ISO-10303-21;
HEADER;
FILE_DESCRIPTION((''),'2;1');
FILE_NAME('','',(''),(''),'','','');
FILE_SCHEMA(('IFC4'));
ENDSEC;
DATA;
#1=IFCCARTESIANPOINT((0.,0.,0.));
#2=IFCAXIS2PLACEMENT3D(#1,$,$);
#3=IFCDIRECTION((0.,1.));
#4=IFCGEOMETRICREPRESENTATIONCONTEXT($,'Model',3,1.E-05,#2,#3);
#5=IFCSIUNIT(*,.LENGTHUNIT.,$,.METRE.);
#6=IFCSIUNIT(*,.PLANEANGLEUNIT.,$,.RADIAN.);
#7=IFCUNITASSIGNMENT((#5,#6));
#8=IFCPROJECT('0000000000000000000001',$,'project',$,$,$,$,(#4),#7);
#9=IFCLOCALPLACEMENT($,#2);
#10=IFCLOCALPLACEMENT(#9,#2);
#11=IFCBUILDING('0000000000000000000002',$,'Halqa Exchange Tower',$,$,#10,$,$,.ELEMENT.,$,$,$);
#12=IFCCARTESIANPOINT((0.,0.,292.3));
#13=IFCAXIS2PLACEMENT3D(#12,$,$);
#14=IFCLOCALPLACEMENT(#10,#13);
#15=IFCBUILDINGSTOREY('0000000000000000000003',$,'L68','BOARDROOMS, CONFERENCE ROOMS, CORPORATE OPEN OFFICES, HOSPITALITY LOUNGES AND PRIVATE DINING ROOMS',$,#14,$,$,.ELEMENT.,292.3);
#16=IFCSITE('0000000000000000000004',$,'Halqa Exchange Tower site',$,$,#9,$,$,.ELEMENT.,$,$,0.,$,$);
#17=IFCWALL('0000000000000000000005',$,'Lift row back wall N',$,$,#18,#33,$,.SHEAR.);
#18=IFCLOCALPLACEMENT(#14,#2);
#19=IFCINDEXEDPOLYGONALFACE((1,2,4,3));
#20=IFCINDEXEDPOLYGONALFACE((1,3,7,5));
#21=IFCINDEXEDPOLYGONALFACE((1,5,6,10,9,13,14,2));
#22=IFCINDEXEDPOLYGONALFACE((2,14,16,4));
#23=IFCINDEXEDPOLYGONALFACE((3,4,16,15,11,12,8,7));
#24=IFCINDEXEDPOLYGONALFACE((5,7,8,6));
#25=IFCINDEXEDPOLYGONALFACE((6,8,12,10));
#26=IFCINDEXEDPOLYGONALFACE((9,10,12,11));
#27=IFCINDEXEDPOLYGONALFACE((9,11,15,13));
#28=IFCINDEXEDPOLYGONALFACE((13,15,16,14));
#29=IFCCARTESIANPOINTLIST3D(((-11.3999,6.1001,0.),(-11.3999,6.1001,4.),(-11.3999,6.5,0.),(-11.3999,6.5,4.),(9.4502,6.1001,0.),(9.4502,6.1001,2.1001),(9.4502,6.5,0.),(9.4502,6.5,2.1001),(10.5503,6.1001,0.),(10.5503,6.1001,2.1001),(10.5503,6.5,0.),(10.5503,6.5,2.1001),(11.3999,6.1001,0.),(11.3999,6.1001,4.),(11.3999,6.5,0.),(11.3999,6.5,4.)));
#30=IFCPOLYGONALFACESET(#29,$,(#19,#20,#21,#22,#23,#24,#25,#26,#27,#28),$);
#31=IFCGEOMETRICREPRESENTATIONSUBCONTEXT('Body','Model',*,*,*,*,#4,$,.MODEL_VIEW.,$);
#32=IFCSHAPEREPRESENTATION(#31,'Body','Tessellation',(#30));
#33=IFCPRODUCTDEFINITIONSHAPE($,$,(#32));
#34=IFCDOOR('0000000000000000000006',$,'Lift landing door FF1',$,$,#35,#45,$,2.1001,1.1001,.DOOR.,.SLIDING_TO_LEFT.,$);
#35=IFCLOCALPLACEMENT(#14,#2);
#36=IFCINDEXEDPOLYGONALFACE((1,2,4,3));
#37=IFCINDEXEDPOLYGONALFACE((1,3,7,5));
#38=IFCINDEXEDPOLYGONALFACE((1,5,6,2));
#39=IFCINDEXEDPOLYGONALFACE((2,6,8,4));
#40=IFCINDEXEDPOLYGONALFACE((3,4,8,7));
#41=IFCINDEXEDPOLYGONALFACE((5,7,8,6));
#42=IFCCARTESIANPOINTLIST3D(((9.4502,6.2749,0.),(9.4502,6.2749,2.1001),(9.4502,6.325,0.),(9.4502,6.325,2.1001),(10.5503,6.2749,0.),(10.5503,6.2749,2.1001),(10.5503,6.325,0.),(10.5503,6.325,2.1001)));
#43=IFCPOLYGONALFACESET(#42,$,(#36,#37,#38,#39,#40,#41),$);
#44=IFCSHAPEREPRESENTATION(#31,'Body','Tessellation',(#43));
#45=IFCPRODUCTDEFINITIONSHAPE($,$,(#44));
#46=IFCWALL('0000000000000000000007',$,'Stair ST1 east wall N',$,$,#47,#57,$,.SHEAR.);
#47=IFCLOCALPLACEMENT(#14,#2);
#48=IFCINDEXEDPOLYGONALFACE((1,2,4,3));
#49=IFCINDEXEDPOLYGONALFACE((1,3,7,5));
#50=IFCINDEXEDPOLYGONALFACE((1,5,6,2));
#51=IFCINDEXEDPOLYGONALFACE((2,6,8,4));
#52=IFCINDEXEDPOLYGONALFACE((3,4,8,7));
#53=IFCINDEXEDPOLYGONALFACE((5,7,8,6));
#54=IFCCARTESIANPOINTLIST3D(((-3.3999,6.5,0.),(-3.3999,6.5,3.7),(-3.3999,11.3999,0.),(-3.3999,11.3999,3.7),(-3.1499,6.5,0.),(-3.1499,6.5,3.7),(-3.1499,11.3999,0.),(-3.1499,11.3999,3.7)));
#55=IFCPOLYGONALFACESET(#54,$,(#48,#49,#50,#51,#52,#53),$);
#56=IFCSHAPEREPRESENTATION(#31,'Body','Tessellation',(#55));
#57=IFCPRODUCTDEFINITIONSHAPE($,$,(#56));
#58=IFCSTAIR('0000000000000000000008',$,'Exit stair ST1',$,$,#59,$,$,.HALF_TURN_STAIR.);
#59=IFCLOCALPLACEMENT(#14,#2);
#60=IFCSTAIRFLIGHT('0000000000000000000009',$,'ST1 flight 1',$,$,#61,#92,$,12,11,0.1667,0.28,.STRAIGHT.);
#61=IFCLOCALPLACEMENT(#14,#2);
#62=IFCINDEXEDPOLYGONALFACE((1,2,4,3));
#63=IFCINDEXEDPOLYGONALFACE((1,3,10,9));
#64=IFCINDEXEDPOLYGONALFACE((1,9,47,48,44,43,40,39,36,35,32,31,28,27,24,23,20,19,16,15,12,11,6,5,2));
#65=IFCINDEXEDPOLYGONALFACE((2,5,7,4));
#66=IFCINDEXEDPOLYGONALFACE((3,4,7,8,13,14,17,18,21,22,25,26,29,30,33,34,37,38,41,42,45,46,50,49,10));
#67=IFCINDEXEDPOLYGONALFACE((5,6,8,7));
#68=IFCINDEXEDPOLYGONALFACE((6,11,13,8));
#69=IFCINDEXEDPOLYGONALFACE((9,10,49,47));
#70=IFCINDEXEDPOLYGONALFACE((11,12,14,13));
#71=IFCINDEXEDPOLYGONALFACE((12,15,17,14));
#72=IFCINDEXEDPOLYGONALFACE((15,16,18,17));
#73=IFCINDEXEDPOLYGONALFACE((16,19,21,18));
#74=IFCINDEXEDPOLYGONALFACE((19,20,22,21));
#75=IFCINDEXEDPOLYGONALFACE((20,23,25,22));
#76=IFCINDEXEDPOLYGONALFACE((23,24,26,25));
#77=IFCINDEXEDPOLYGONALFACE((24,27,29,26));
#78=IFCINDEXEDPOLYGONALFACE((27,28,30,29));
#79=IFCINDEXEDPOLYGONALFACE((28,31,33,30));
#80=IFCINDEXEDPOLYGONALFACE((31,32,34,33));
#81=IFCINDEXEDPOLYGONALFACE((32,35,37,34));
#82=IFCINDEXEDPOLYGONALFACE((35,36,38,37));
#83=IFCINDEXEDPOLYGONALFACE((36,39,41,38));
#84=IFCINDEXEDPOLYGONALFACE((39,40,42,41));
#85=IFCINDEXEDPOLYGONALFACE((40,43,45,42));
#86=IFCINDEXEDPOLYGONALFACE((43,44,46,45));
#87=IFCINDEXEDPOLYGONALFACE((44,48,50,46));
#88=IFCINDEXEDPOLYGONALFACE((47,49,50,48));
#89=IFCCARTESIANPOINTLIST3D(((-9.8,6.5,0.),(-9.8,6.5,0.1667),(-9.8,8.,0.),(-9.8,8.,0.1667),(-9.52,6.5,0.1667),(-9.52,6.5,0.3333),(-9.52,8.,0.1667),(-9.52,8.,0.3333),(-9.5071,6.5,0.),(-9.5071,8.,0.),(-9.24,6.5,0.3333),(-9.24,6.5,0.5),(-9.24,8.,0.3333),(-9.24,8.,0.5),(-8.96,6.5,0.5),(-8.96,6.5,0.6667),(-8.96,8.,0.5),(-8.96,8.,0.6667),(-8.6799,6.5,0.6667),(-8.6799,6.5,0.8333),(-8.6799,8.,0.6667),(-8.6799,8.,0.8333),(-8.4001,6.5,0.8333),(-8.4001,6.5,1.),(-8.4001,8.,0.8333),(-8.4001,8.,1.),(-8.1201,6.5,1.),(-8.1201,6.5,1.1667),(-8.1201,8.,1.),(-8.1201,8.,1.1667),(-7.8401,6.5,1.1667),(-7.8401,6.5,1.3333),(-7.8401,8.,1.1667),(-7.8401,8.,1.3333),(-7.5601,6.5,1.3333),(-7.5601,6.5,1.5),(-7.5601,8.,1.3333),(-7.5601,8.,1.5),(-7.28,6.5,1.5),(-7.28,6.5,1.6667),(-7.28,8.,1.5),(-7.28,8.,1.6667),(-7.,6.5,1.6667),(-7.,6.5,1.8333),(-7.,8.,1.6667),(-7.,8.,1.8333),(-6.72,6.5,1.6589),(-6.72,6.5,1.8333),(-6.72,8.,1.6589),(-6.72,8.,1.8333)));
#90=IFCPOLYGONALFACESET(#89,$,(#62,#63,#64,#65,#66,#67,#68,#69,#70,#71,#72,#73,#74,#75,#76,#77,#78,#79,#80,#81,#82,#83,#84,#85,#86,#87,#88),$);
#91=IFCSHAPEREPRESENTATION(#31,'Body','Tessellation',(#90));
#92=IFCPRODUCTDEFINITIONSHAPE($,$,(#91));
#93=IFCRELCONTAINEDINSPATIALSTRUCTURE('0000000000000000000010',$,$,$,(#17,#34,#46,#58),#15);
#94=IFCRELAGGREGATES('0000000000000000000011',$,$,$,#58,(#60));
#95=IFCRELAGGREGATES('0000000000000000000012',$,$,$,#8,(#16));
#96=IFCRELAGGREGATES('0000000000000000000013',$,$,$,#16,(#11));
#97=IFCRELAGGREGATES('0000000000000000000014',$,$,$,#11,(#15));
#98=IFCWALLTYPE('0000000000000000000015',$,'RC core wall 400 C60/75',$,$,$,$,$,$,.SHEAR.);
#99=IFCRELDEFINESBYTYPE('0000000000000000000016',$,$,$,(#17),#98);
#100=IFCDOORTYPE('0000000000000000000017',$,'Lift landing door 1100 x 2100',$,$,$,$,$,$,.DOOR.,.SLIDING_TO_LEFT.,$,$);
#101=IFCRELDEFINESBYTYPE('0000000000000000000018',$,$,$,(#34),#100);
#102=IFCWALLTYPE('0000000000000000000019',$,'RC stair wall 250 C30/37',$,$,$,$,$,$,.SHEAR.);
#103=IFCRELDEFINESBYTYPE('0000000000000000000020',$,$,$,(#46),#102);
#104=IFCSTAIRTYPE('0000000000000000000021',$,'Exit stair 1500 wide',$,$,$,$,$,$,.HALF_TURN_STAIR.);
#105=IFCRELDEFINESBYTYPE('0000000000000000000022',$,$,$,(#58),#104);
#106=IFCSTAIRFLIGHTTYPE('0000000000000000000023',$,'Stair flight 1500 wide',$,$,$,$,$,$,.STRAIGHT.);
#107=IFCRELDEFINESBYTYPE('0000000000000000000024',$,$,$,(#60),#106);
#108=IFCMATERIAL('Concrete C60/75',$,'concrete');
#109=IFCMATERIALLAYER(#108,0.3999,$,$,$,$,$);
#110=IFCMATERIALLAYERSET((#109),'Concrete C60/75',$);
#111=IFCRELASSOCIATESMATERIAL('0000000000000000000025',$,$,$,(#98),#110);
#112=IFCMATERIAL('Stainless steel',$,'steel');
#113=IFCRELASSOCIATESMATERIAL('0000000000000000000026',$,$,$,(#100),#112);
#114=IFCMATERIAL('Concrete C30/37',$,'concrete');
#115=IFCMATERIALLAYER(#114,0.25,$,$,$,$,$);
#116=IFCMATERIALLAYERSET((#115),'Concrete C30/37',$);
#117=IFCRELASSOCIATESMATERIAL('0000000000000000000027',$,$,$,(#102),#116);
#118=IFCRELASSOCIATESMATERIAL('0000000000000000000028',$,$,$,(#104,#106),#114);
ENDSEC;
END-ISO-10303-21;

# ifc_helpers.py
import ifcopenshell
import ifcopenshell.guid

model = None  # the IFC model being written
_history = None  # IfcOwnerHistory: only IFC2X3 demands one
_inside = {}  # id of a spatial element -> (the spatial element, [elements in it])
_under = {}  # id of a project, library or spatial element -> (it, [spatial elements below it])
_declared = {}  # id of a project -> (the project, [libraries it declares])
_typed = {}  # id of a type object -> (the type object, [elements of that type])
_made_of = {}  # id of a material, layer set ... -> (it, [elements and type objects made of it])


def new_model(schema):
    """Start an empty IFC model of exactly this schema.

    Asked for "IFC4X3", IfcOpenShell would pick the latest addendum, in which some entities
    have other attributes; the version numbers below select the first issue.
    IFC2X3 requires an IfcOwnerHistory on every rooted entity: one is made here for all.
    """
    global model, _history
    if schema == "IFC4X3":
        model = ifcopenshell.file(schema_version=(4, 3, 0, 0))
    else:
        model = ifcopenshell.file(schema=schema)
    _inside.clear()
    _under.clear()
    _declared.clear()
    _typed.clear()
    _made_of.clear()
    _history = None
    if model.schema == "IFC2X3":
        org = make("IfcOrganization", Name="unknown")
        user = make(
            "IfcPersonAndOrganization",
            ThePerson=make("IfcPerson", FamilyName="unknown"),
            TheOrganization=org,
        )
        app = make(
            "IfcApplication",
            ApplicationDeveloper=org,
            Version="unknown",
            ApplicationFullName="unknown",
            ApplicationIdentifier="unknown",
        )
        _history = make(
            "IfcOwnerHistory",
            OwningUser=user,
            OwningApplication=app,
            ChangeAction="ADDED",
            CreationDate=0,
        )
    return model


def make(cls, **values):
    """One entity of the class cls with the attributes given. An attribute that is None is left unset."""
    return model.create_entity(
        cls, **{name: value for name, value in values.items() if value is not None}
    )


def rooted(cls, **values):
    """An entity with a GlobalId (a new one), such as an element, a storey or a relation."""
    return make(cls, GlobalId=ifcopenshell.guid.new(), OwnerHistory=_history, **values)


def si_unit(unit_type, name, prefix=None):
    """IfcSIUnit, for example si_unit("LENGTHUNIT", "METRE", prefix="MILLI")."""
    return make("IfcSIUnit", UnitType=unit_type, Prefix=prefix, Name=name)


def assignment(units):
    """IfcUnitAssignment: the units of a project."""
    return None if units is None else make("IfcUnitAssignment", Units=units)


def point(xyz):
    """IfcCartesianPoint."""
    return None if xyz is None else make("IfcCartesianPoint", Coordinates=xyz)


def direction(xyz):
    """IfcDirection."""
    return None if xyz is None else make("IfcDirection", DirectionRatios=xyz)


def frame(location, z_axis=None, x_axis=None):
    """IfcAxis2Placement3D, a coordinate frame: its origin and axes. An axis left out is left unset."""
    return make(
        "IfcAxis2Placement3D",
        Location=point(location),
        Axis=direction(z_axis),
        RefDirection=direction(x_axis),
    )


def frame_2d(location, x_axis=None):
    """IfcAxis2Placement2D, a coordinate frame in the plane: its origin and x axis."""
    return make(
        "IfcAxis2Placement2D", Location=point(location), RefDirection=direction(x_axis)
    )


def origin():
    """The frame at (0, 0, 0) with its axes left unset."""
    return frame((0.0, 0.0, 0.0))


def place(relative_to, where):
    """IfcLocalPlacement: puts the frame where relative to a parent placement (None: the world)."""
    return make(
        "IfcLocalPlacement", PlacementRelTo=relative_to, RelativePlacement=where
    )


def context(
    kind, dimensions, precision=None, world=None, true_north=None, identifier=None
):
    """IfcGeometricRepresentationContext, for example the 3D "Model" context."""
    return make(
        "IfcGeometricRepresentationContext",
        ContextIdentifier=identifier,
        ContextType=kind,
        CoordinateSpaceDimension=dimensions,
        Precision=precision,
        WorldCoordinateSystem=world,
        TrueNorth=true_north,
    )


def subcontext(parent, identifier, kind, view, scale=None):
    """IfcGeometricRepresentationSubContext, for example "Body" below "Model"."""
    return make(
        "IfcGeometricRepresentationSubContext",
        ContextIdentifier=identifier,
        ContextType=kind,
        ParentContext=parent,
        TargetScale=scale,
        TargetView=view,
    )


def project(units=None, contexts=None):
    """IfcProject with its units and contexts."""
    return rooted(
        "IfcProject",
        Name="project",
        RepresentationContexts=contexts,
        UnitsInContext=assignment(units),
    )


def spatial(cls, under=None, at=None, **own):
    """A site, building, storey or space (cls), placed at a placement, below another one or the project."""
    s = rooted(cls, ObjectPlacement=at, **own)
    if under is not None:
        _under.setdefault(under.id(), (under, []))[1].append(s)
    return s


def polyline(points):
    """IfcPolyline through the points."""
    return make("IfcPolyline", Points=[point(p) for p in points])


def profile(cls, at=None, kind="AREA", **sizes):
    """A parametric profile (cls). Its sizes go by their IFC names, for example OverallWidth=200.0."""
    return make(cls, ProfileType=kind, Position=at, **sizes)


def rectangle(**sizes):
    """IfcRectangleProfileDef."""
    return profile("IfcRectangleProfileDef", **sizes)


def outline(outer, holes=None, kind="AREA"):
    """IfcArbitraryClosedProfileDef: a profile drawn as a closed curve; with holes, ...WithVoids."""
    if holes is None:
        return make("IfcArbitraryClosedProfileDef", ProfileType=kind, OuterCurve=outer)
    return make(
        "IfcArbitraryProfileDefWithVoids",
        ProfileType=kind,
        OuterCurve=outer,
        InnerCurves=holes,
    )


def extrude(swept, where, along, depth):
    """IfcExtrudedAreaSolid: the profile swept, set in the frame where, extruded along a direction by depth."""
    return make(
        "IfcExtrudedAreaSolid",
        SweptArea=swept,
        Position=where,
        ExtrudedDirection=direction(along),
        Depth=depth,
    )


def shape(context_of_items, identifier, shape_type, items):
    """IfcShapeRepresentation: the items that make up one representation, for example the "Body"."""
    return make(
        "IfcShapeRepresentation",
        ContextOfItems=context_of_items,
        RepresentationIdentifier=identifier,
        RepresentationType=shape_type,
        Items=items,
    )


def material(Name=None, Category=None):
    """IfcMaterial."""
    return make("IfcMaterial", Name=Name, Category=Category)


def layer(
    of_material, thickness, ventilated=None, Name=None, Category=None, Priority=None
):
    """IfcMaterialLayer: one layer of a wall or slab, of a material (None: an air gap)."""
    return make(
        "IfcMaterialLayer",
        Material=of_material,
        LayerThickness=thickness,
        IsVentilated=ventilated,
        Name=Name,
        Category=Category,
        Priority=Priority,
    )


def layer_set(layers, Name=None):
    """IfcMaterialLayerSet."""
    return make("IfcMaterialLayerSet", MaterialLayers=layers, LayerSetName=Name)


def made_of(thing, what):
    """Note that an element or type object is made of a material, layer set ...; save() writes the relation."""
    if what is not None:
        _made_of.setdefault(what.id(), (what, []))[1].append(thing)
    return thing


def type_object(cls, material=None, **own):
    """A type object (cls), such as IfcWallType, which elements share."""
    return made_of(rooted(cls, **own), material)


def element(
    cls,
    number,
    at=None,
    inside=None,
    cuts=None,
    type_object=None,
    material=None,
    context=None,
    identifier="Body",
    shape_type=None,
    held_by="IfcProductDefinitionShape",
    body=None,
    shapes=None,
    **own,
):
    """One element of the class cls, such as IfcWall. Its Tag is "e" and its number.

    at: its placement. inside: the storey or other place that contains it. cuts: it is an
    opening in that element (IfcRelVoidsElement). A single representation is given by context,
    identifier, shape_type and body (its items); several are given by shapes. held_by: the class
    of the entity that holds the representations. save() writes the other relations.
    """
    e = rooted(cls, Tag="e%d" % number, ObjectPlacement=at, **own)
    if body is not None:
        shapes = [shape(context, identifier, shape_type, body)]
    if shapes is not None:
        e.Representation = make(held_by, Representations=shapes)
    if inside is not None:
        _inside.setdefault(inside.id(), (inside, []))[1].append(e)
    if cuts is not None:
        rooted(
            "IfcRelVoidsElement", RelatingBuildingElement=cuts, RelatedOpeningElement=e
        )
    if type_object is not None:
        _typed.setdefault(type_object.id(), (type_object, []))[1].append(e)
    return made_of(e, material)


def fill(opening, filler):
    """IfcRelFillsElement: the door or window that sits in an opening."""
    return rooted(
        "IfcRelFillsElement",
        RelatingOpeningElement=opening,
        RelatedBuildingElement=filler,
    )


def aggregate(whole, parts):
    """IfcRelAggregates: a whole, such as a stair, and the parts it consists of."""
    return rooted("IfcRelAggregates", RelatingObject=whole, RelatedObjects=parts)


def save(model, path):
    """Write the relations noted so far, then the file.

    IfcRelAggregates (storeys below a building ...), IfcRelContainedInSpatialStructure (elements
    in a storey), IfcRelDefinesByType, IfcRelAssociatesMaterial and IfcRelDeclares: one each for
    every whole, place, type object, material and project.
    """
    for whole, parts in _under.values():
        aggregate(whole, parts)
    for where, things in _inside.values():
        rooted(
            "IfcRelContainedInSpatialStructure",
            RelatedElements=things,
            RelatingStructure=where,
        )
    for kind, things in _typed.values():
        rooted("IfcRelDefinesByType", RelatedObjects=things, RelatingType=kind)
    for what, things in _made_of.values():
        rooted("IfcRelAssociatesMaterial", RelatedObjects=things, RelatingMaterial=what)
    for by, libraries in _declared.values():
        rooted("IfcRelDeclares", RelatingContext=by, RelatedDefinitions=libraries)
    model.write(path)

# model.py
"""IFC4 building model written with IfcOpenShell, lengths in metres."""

from ifc_helpers import new_model, si_unit, direction, frame, frame_2d, origin, place, context, subcontext, project, spatial, polyline, rectangle, outline, extrude, material, layer, layer_set, type_object, element, fill, aggregate, save


model = new_model("IFC4")

# Units and contexts
model_context = context("Model", 3, precision=1e-05, world=origin(), true_north=direction((0.0, 1.0)))
body_context = subcontext(model_context, "Body", "Model", "MODEL_VIEW")
ifc_project = project(units=[si_unit("LENGTHUNIT", "METRE"), si_unit("PLANEANGLEUNIT", "RADIAN")], contexts=[model_context])

# Site, building, storey
site_placement = place(None, origin())
site = spatial("IfcSite", under=ifc_project, at=site_placement, Name="Halqa Exchange Tower site", CompositionType="ELEMENT", RefElevation=0.0)
building_placement = place(site_placement, origin())
building = spatial("IfcBuilding", under=site, at=building_placement, Name="Halqa Exchange Tower", CompositionType="ELEMENT")
storey_placement = place(building_placement, frame((0.0, 0.0, 292.3)))
storey = spatial("IfcBuildingStorey", under=building, at=storey_placement, Name="L68", Description="BOARDROOMS, CONFERENCE ROOMS, CORPORATE OPEN OFFICES, HOSPITALITY LOUNGES AND PRIVATE DINING ROOMS", CompositionType="ELEMENT", Elevation=292.3)

# Shared definitions
ifc_material_1 = material(Name="Concrete C60/75", Category="concrete")

# Shared definitions
ifc_layer_1 = layer(ifc_material_1, 0.3999)
ifc_layer_set_1 = layer_set([ifc_layer_1], Name="Concrete C60/75")
wall_type_1 = type_object("IfcWallType", Name="RC core wall 400 C60/75", PredefinedType="SHEAR", material=ifc_layer_set_1)
ifc_material_2 = material(Name="Stainless steel", Category="steel")
door_type_1 = type_object("IfcDoorType", Name="Lift landing door 1100 x 2100", OperationType="SLIDING_TO_LEFT", PredefinedType="DOOR", material=ifc_material_2)

# Wall, opening, door
wall_1_placement = place(storey_placement, frame((-11.3999, 6.3, 0.0), z_axis=(0.0, 0.0, 1.0), x_axis=(1.0, 0.0, 0.0)))
wall_1 = element("IfcWall", 1, at=wall_1_placement, inside=storey, type_object=wall_type_1, Name="Lift row back wall N", PredefinedType="SHEAR", context=body_context, shape_type="SweptSolid", body=[
    extrude(rectangle(XDim=22.7998, YDim=0.3999, at=frame_2d((11.3999, 0.0))), origin(), (0.0, 0.0, 1.0), 4.0),
])
opening_1_placement = place(wall_1_placement, frame((20.8501, 0.0, 0.0)))
opening_1 = element("IfcOpeningElement", 2, at=opening_1_placement, cuts=wall_1, PredefinedType="OPENING", context=body_context, shape_type="SweptSolid", body=[
    extrude(rectangle(XDim=1.1001, YDim=2.1001, at=frame_2d((0.55, 1.05))), frame((0.0, 0.2119, 0.0), z_axis=(0.0, -1.0, 0.0), x_axis=(1.0, 0.0, 0.0)), (0.0, 0.0, 1.0), 0.4238),
])
door_1_placement = place(opening_1_placement, origin())
door_1 = element("IfcDoor", 3, at=door_1_placement, inside=storey, type_object=door_type_1, Name="Lift landing door FF1", OperationType="SLIDING_TO_LEFT", OverallHeight=2.1001, OverallWidth=1.1001, PredefinedType="DOOR", context=body_context, shape_type="SweptSolid", body=[
    extrude(rectangle(XDim=1.1001, YDim=2.1001, at=frame_2d((0.55, 1.05))), frame((0.0, 0.0249, 0.0), z_axis=(0.0, -1.0, 0.0), x_axis=(1.0, 0.0, 0.0)), (0.0, 0.0, 1.0), 0.05),
])
fill(opening_1, door_1)

# Wall
ifc_material_3 = material(Name="Concrete C30/37", Category="concrete")
ifc_layer_2 = layer(ifc_material_3, 0.25)
ifc_layer_set_2 = layer_set([ifc_layer_2], Name="Concrete C30/37")
wall_type_2 = type_object("IfcWallType", Name="RC stair wall 250 C30/37", PredefinedType="SHEAR", material=ifc_layer_set_2)
wall_2_placement = place(storey_placement, frame((-3.2749, 6.5, 0.0), z_axis=(0.0, 0.0, 1.0), x_axis=(0.0, 1.0, 0.0)))
element("IfcWall", 4, at=wall_2_placement, inside=storey, type_object=wall_type_2, Name="Stair ST1 east wall N", PredefinedType="SHEAR", context=body_context, shape_type="SweptSolid", body=[
    extrude(rectangle(XDim=4.8999, YDim=0.25, at=frame_2d((2.45, 0.0))), origin(), (0.0, 0.0, 1.0), 3.7),
])

# Stair, stair flight
stair_type = type_object("IfcStairType", Name="Exit stair 1500 wide", PredefinedType="HALF_TURN_STAIR", material=ifc_material_3)
stair_placement = place(storey_placement, origin())
stair = element("IfcStair", 5, at=stair_placement, inside=storey, type_object=stair_type, Name="Exit stair ST1", PredefinedType="HALF_TURN_STAIR")
stair_flight_type = type_object("IfcStairFlightType", Name="Stair flight 1500 wide", PredefinedType="STRAIGHT", material=ifc_material_3)
stair_flight_placement = place(storey_placement, frame((-9.8, 7.25, 0.0), z_axis=(0.0, 0.0, 1.0), x_axis=(1.0, 0.0, 0.0)))
stair_flight = element("IfcStairFlight", 6, at=stair_flight_placement, type_object=stair_flight_type, Name="ST1 flight 1", NumberOfRisers=12, NumberOfTreads=11, PredefinedType="STRAIGHT", RiserHeight=0.1667, TreadLength=0.28, context=body_context, shape_type="SweptSolid", body=[
    extrude(outline(polyline([(0.0, 0.0), (0.0, 0.1667), (0.28, 0.1667), (0.28, 0.3333), (0.5601, 0.3333), (0.5601, 0.5), (0.8401, 0.5), (0.8401, 0.6667), (1.1201, 0.6667), (1.1201, 0.8333), (1.3999, 0.8333), (1.3999, 1.0), (1.6799, 1.0), (1.6799, 1.1667), (1.96, 1.1667), (1.96, 1.3333), (2.24, 1.3333), (2.24, 1.5), (2.52, 1.5), (2.52, 1.6667), (2.8, 1.6667), (2.8, 1.8333), (3.0801, 1.8333), (3.0801, 2.0), (3.0801, 1.6589), (0.293, 0.0), (0.0, 0.0)])), frame((0.0, 0.75, 0.0), z_axis=(0.0, -1.0, 0.0), x_axis=(1.0, 0.0, 0.0)), (0.0, 0.0, 1.0), 1.5),
])
aggregate(stair, [stair_flight])

save(model, "model.ifc")
